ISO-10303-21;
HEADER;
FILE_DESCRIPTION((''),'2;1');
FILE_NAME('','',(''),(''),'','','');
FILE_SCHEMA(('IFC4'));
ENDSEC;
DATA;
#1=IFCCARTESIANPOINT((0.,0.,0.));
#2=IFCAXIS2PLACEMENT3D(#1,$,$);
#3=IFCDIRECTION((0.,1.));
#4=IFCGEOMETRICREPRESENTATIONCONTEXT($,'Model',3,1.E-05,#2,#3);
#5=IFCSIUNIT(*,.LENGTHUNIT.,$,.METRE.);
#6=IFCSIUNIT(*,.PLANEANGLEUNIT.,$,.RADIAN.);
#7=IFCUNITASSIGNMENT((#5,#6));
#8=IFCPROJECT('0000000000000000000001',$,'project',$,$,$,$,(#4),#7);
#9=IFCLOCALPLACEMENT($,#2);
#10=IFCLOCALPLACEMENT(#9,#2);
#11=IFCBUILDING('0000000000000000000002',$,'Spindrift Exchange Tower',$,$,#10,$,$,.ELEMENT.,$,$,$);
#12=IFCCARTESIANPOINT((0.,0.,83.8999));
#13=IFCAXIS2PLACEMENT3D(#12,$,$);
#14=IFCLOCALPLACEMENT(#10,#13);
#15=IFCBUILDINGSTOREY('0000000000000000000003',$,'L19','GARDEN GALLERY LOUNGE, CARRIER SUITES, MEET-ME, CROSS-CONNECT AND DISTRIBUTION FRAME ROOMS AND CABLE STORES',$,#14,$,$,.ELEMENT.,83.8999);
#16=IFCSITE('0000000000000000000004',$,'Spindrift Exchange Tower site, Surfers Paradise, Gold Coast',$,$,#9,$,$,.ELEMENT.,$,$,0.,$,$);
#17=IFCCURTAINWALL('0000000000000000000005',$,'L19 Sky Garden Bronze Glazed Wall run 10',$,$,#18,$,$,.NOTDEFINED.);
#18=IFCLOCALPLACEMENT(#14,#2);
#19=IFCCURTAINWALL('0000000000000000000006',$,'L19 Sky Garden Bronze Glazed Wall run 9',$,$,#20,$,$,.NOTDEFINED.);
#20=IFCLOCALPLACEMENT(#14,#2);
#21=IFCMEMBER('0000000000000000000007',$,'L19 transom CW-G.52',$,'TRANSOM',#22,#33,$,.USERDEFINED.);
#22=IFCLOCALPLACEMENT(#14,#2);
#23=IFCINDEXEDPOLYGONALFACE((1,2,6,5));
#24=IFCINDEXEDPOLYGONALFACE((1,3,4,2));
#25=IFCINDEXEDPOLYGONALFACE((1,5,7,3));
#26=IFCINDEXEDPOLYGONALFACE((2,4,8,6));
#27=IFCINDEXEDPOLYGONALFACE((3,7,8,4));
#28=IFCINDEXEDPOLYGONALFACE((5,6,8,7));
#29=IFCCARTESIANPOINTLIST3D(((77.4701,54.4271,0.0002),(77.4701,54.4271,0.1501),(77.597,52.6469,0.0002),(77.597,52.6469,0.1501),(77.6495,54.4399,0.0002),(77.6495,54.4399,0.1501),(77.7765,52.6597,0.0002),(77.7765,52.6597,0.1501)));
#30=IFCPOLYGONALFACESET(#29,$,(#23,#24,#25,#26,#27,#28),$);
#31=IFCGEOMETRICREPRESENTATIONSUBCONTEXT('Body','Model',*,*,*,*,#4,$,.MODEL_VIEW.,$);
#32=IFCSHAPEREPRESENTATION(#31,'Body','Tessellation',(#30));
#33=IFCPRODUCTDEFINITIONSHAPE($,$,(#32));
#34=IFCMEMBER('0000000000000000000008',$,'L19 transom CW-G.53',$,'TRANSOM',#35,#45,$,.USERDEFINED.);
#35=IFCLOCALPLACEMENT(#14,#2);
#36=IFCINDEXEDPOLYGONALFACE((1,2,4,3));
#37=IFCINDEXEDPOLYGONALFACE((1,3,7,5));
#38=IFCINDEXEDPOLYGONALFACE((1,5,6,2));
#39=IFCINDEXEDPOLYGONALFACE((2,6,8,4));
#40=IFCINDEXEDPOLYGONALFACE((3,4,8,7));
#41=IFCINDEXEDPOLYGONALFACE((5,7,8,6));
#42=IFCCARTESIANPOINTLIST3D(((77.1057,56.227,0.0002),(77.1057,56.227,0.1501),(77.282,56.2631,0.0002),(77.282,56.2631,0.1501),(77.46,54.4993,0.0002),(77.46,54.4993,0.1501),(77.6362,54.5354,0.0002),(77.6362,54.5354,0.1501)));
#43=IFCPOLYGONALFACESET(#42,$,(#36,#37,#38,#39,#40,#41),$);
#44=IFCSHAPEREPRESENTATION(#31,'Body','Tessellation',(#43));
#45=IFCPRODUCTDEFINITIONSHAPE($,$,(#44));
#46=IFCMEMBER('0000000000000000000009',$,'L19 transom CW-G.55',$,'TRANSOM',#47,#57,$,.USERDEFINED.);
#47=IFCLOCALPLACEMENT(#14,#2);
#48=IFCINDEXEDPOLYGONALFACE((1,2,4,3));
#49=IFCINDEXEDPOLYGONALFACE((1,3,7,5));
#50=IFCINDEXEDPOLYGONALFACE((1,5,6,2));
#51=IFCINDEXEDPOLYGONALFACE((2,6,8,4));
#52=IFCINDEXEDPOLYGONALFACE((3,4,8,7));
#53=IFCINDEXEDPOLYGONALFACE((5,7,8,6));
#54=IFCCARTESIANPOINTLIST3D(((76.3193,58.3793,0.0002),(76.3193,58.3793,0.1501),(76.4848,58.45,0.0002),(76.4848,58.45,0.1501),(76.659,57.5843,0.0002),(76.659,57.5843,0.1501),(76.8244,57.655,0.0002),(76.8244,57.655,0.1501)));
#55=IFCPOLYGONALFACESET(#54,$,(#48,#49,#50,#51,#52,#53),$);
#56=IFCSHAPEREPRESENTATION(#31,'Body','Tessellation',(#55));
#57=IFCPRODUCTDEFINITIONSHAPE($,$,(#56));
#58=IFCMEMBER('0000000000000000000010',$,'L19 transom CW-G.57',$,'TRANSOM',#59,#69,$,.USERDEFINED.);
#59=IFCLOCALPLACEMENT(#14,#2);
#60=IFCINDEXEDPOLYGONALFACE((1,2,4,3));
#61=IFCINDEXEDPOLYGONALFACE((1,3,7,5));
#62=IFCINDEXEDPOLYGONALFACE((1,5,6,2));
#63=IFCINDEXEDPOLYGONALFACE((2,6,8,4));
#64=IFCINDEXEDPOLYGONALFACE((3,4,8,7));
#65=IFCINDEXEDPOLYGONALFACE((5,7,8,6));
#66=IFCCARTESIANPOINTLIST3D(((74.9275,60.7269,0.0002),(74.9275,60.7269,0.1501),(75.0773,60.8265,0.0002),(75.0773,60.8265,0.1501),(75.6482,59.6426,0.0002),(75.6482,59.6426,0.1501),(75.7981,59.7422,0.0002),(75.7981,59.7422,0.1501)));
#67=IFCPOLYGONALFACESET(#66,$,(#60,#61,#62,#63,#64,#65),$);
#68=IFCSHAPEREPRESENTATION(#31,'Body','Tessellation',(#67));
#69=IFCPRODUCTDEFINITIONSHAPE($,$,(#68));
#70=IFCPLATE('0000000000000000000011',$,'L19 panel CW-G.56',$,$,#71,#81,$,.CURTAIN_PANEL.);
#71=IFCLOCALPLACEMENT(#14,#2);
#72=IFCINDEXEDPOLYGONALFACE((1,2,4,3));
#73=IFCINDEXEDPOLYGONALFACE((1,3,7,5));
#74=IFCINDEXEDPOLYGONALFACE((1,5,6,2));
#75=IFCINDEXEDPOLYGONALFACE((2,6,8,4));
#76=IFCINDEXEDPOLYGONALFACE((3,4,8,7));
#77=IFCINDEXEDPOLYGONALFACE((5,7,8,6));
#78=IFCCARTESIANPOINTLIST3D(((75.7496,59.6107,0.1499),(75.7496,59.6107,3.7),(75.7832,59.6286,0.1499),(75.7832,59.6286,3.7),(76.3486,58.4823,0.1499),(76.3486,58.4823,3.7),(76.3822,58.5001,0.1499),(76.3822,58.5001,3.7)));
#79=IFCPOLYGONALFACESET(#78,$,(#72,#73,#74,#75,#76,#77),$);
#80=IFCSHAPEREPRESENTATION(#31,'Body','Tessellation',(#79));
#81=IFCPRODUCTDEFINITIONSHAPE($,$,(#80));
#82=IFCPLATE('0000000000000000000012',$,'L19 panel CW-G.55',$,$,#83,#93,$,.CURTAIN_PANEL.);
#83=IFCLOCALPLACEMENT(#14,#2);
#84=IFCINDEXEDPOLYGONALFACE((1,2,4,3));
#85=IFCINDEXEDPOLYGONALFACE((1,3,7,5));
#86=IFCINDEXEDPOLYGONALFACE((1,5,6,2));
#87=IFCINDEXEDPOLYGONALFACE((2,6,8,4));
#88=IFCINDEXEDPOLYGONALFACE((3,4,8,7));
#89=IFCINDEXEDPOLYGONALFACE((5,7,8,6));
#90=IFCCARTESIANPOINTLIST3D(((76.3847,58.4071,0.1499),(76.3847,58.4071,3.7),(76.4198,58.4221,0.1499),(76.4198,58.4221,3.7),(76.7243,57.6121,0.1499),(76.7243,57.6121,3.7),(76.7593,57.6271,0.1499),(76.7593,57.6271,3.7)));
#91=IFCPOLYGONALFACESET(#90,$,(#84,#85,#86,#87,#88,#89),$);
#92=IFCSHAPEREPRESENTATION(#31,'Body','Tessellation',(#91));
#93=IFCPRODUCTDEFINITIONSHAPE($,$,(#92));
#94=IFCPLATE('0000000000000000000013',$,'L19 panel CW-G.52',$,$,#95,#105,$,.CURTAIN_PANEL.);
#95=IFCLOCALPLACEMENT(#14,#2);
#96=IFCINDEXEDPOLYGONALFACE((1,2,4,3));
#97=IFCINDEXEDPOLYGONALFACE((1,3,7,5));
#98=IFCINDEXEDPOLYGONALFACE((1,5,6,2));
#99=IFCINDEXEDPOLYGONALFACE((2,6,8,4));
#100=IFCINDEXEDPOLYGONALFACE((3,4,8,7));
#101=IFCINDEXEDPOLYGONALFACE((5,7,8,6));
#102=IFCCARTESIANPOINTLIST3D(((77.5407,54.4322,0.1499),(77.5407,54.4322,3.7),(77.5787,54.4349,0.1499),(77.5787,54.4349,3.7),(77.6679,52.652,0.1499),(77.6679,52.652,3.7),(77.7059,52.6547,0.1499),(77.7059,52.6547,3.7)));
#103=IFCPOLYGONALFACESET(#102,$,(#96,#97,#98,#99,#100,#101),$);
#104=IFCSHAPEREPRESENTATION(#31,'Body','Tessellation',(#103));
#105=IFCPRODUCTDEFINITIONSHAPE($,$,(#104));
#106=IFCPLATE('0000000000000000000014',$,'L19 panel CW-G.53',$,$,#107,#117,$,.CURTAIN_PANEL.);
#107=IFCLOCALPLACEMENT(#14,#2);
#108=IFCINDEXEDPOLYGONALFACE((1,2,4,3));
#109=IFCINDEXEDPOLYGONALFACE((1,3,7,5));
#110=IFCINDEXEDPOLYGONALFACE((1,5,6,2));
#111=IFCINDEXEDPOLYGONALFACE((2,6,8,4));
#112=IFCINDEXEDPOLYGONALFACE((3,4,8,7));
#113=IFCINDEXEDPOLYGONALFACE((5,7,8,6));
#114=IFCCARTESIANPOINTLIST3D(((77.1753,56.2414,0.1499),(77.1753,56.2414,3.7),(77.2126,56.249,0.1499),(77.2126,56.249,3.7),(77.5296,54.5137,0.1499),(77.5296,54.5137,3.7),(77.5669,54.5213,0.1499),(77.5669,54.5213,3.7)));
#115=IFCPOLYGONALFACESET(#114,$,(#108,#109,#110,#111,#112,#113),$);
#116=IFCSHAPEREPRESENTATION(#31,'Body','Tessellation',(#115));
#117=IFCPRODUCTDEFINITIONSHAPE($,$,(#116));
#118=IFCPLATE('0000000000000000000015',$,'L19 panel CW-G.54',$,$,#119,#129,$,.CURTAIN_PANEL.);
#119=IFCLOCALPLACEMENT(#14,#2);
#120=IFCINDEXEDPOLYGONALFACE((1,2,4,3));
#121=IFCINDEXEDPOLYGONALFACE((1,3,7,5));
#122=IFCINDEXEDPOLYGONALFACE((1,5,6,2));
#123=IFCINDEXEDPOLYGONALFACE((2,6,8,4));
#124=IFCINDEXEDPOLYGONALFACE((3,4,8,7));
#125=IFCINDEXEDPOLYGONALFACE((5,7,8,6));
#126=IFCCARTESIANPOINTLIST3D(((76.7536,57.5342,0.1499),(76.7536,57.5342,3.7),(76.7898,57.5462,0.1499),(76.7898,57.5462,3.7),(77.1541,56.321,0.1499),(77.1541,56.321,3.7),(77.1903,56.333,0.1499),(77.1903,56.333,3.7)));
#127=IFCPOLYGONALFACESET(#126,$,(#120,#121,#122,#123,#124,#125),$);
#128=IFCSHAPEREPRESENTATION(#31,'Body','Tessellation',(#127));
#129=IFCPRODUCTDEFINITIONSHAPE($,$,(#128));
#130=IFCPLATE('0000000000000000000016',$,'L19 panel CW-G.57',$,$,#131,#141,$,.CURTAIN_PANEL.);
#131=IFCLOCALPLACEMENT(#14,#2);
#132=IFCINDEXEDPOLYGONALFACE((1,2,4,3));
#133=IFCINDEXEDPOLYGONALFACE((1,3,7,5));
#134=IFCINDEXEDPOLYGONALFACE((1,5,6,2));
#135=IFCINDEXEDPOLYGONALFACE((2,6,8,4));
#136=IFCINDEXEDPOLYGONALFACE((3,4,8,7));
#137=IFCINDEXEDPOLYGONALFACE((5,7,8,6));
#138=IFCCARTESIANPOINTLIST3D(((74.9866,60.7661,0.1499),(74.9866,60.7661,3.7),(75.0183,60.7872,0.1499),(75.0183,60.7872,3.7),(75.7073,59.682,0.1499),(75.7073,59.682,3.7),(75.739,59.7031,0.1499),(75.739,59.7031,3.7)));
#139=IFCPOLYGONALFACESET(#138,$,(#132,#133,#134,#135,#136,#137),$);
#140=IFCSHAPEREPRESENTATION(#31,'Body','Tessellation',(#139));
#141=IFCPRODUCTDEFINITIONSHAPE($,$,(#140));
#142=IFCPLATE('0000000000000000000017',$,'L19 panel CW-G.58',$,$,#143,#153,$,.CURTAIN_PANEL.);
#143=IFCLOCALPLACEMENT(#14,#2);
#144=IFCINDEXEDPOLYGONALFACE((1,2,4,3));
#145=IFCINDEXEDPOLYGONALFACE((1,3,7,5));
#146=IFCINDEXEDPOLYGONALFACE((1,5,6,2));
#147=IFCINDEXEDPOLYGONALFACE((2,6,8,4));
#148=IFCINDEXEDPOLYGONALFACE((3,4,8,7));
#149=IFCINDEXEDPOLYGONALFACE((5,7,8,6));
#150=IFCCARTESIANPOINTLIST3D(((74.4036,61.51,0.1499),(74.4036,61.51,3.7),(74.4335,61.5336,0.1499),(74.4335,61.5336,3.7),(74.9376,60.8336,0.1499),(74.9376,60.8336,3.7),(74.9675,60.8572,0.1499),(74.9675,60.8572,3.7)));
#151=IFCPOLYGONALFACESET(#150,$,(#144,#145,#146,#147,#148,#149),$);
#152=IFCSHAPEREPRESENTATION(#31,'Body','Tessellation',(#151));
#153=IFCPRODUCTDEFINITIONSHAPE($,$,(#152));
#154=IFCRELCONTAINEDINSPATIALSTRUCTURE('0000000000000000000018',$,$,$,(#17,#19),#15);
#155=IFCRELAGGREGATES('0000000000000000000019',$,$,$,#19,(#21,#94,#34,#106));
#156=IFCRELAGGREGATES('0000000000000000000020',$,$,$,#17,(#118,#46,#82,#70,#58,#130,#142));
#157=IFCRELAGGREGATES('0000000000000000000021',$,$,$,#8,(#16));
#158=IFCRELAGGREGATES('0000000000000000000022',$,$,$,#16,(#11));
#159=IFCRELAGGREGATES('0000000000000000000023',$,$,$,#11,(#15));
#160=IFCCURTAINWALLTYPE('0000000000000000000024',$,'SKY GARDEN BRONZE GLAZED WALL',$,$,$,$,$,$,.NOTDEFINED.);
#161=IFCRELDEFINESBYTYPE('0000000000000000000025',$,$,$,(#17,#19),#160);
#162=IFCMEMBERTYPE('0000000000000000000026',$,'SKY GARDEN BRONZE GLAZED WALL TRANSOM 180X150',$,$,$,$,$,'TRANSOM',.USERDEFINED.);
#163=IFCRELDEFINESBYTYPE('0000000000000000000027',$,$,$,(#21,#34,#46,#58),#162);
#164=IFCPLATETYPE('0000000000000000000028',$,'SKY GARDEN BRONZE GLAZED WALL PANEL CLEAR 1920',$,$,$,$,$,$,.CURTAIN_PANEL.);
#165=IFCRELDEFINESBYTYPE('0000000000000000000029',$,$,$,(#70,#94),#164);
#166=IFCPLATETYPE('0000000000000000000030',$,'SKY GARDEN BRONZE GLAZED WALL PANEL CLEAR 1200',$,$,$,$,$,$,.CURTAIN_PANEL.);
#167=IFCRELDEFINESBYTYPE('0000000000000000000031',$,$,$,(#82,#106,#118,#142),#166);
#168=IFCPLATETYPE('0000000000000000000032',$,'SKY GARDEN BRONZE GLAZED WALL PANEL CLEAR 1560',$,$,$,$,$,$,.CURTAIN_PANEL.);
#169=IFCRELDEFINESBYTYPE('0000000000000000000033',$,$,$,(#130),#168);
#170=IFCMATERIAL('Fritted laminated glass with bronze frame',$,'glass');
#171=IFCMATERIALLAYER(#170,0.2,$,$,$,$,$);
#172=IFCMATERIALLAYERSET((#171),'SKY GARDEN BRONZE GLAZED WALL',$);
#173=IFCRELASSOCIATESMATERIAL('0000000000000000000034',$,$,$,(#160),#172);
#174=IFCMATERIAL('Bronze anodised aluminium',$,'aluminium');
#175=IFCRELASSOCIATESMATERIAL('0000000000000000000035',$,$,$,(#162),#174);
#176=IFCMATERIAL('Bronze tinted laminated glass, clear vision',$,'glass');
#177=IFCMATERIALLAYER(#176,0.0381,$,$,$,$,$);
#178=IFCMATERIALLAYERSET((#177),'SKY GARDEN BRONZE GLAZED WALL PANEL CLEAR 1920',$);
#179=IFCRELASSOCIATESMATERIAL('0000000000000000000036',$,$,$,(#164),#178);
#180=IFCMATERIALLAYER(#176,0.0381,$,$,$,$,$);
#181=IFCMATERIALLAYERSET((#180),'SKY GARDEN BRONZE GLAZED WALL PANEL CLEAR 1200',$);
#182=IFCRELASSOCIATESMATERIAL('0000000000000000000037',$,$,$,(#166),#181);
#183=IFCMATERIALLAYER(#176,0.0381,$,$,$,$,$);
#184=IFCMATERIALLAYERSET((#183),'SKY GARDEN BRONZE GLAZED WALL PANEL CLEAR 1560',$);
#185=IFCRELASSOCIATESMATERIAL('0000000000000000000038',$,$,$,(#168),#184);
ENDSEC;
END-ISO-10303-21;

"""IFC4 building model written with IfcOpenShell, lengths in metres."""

from ifc_helpers import new_model, si_unit, direction, frame, origin, origin_2d, place, context, subcontext, project, spatial, rectangle, extrude, source, transform, mapped, material, layer, layer_set, material_profile, profile_set, type_object, element, aggregate, save


model = new_model("IFC4")

# Units and contexts
model_context = context("Model", 3, precision=1e-05, world=origin(), true_north=direction((0.0, 1.0)))
body_context = subcontext(model_context, "Body", "Model", "MODEL_VIEW")
ifc_project = project(units=[si_unit("LENGTHUNIT", "METRE"), si_unit("PLANEANGLEUNIT", "RADIAN")], contexts=[model_context])

# Site, building, storey
site_placement = place(None, origin())
site = spatial("IfcSite", under=ifc_project, at=site_placement, Name="Spindrift Exchange Tower site, Surfers Paradise, Gold Coast", CompositionType="ELEMENT", RefElevation=0.0)
building_placement = place(site_placement, origin())
building = spatial("IfcBuilding", under=site, at=building_placement, Name="Spindrift Exchange Tower", CompositionType="ELEMENT")
storey_placement = place(building_placement, frame((0.0, 0.0, 83.8999)))
storey = spatial("IfcBuildingStorey", under=building, at=storey_placement, Name="L19", Description="GARDEN GALLERY LOUNGE, CARRIER SUITES, MEET-ME, CROSS-CONNECT AND DISTRIBUTION FRAME ROOMS AND CABLE STORES", CompositionType="ELEMENT", Elevation=83.8999)

# Curtain walls
ifc_material_1 = material(Name="Fritted laminated glass with bronze frame", Category="glass")
ifc_layer_1 = layer(ifc_material_1, 0.2)
ifc_layer_set_1 = layer_set([ifc_layer_1], Name="SKY GARDEN BRONZE GLAZED WALL")
curtain_wall_type = type_object("IfcCurtainWallType", Name="SKY GARDEN BRONZE GLAZED WALL", PredefinedType="NOTDEFINED", material=ifc_layer_set_1)
curtain_wall_1_placement = place(storey_placement, origin())
curtain_wall_1 = element("IfcCurtainWall", 1, at=curtain_wall_1_placement, inside=storey, type_object=curtain_wall_type, Name="L19 Sky Garden Bronze Glazed Wall run 10", PredefinedType="NOTDEFINED")
ifc_material_2 = material(Name="Bronze anodised aluminium", Category="aluminium")
ifc_material_profile_1 = material_profile(ifc_material_2, rectangle(XDim=0.1799, YDim=0.1499, at=origin_2d()), Name="SKY GARDEN BRONZE GLAZED WALL TRANSOM 180X150")
ifc_profile_set_1 = profile_set([ifc_material_profile_1], Name="Bronze anodised aluminium")
member_type_1 = type_object("IfcMemberType", Name="SKY GARDEN BRONZE GLAZED WALL TRANSOM 180X150", ElementType="TRANSOM", PredefinedType="USERDEFINED", material=ifc_profile_set_1)
curtain_wall_2_placement = place(storey_placement, origin())
curtain_wall_2 = element("IfcCurtainWall", 2, at=curtain_wall_2_placement, inside=storey, type_object=curtain_wall_type, Name="L19 Sky Garden Bronze Glazed Wall run 9", PredefinedType="NOTDEFINED")

# Members
shared_shape_1 = source(origin(), body_context, "Body", "SweptSolid", [
    extrude(rectangle(XDim=0.1799, YDim=0.1499, at=origin_2d()), origin(), (0.0, 0.0, 1.0), 1.7847),
])
member_1_placement = place(storey_placement, frame((77.6868, 52.6533, 0.0752), z_axis=(-0.07114, 0.997466, 0.0), x_axis=(-0.997466, -0.07114, 0.0)))
member_1 = element("IfcMember", 3, at=member_1_placement, type_object=member_type_1, Name="L19 transom CW-G.52", ObjectType="TRANSOM", PredefinedType="USERDEFINED", context=body_context, shape_type="MappedRepresentation", body=[
    mapped(shared_shape_1, transform((0.0, 0.0, 0.0), scale=1.0)),
])
shared_shape_2 = source(origin(), body_context, "Body", "SweptSolid", [
    extrude(rectangle(XDim=0.1799, YDim=0.1499, at=origin_2d()), origin(), (0.0, 0.0, 1.0), 1.7637),
])
member_2_placement = place(storey_placement, frame((77.5481, 54.5173, 0.0752), z_axis=(-0.200852, 0.979622, 0.0), x_axis=(-0.979622, -0.200852, 0.0)))
member_2 = element("IfcMember", 4, at=member_2_placement, type_object=member_type_1, Name="L19 transom CW-G.53", ObjectType="TRANSOM", PredefinedType="USERDEFINED", context=body_context, shape_type="MappedRepresentation", body=[
    mapped(shared_shape_2, transform((0.0, 0.0, 0.0), scale=1.0)),
])
shared_shape_3 = source(origin(), body_context, "Body", "SweptSolid", [
    extrude(rectangle(XDim=0.1799, YDim=0.1499, at=origin_2d()), origin(), (0.0, 0.0, 1.0), 0.8645),
])
member_3_placement = place(storey_placement, frame((76.7417, 57.6196, 0.0752), z_axis=(-0.392862, 0.919597, 0.0), x_axis=(-0.919597, -0.392862, 0.0)))
member_3 = element("IfcMember", 5, at=member_3_placement, type_object=member_type_1, Name="L19 transom CW-G.55", ObjectType="TRANSOM", PredefinedType="USERDEFINED", context=body_context, shape_type="MappedRepresentation", body=[
    mapped(shared_shape_3, transform((0.0, 0.0, 0.0), scale=1.0)),
])
shared_shape_4 = source(origin(), body_context, "Body", "SweptSolid", [
    extrude(rectangle(XDim=0.1799, YDim=0.1499, at=origin_2d()), origin(), (0.0, 0.0, 1.0), 1.302),
])
member_4_placement = place(storey_placement, frame((75.7231, 59.6924, 0.0752), z_axis=(-0.553575, 0.8328, 0.0), x_axis=(-0.8328, -0.553575, 0.0)))
member_4 = element("IfcMember", 6, at=member_4_placement, type_object=member_type_1, Name="L19 transom CW-G.57", ObjectType="TRANSOM", PredefinedType="USERDEFINED", context=body_context, shape_type="MappedRepresentation", body=[
    mapped(shared_shape_4, transform((0.0, 0.0, 0.0), scale=1.0)),
])

# Plates
ifc_material_3 = material(Name="Bronze tinted laminated glass, clear vision", Category="glass")
ifc_layer_2 = layer(ifc_material_3, 0.0381)
ifc_layer_set_2 = layer_set([ifc_layer_2], Name="SKY GARDEN BRONZE GLAZED WALL PANEL CLEAR 1920")
plate_type_1 = type_object("IfcPlateType", Name="SKY GARDEN BRONZE GLAZED WALL PANEL CLEAR 1920", PredefinedType="CURTAIN_PANEL", material=ifc_layer_set_2)
shared_shape_5 = source(origin(), body_context, "Body", "SweptSolid", [
    extrude(rectangle(XDim=1.2776, YDim=0.0381, at=origin_2d()), origin(), (0.0, 0.0, 1.0), 3.55),
])
plate_1_placement = place(storey_placement, frame((76.0659, 59.0554, 0.1499), z_axis=(0.0, 0.0, 1.0), x_axis=(-0.468835, 0.883286, 0.0)))
plate_1 = element("IfcPlate", 7, at=plate_1_placement, type_object=plate_type_1, Name="L19 panel CW-G.56", PredefinedType="CURTAIN_PANEL", context=body_context, shape_type="MappedRepresentation", body=[
    mapped(shared_shape_5, transform((0.0, 0.0, 0.0), scale=1.0)),
])
ifc_layer_3 = layer(ifc_material_3, 0.0381)
ifc_layer_set_3 = layer_set([ifc_layer_3], Name="SKY GARDEN BRONZE GLAZED WALL PANEL CLEAR 1200")
plate_type_2 = type_object("IfcPlateType", Name="SKY GARDEN BRONZE GLAZED WALL PANEL CLEAR 1200", PredefinedType="CURTAIN_PANEL", material=ifc_layer_set_3)
shared_shape_6 = source(origin(), body_context, "Body", "SweptSolid", [
    extrude(rectangle(XDim=0.8645, YDim=0.0381, at=origin_2d()), origin(), (0.0, 0.0, 1.0), 3.55),
])
plate_2_placement = place(storey_placement, frame((76.572, 58.0171, 0.1499), z_axis=(0.0, 0.0, 1.0), x_axis=(-0.392775, 0.919634, 0.0)))
plate_2 = element("IfcPlate", 8, at=plate_2_placement, type_object=plate_type_2, Name="L19 panel CW-G.55", PredefinedType="CURTAIN_PANEL", context=body_context, shape_type="MappedRepresentation", body=[
    mapped(shared_shape_6, transform((0.0, 0.0, 0.0), scale=1.0)),
])
shared_shape_7 = source(origin(), body_context, "Body", "SweptSolid", [
    extrude(rectangle(XDim=1.7847, YDim=0.0381, at=origin_2d()), origin(), (0.0, 0.0, 1.0), 3.55),
])
plate_3_placement = place(storey_placement, frame((77.6233, 53.5435, 0.1499), z_axis=(0.0, 0.0, 1.0), x_axis=(-0.071247, 0.997459, 0.0)))
plate_3 = element("IfcPlate", 9, at=plate_3_placement, type_object=plate_type_1, Name="L19 panel CW-G.52", PredefinedType="CURTAIN_PANEL", context=body_context, shape_type="MappedRepresentation", body=[
    mapped(shared_shape_7, transform((0.0, 0.0, 0.0), scale=1.0)),
])
shared_shape_8 = source(origin(), body_context, "Body", "SweptSolid", [
    extrude(rectangle(XDim=1.7637, YDim=0.0381, at=origin_2d()), origin(), (0.0, 0.0, 1.0), 3.55),
])
plate_4_placement = place(storey_placement, frame((77.3711, 55.3813, 0.1499), z_axis=(0.0, 0.0, 1.0), x_axis=(-0.200857, 0.97962, 0.0)))
plate_4 = element("IfcPlate", 10, at=plate_4_placement, type_object=plate_type_2, Name="L19 panel CW-G.53", PredefinedType="CURTAIN_PANEL", context=body_context, shape_type="MappedRepresentation", body=[
    mapped(shared_shape_8, transform((0.0, 0.0, 0.0), scale=1.0)),
])
aggregate(curtain_wall_2, [member_1, plate_3, member_2, plate_4])
shared_shape_9 = source(origin(), body_context, "Body", "SweptSolid", [
    extrude(rectangle(XDim=1.2776, YDim=0.0381, at=origin_2d()), origin(), (0.0, 0.0, 1.0), 3.55),
])
plate_5_placement = place(storey_placement, frame((76.9719, 56.9336, 0.1499), z_axis=(0.0, 0.0, 1.0), x_axis=(-0.313474, 0.949597, 0.0)))
plate_5 = element("IfcPlate", 11, at=plate_5_placement, type_object=plate_type_2, Name="L19 panel CW-G.54", PredefinedType="CURTAIN_PANEL", context=body_context, shape_type="MappedRepresentation", body=[
    mapped(shared_shape_9, transform((0.0, 0.0, 0.0), scale=1.0)),
])
ifc_layer_4 = layer(ifc_material_3, 0.0381)
ifc_layer_set_4 = layer_set([ifc_layer_4], Name="SKY GARDEN BRONZE GLAZED WALL PANEL CLEAR 1560")
plate_type_3 = type_object("IfcPlateType", Name="SKY GARDEN BRONZE GLAZED WALL PANEL CLEAR 1560", PredefinedType="CURTAIN_PANEL", material=ifc_layer_set_4)
shared_shape_10 = source(origin(), body_context, "Body", "SweptSolid", [
    extrude(rectangle(XDim=1.3018, YDim=0.0381, at=origin_2d()), origin(), (0.0, 0.0, 1.0), 3.55),
])
plate_6_placement = place(storey_placement, frame((75.3628, 60.2346, 0.1499), z_axis=(0.0, 0.0, 1.0), x_axis=(-0.553585, 0.832793, 0.0)))
plate_6 = element("IfcPlate", 12, at=plate_6_placement, type_object=plate_type_3, Name="L19 panel CW-G.57", PredefinedType="CURTAIN_PANEL", context=body_context, shape_type="MappedRepresentation", body=[
    mapped(shared_shape_10, transform((0.0, 0.0, 0.0), scale=1.0)),
])
shared_shape_11 = source(origin(), body_context, "Body", "SweptSolid", [
    extrude(rectangle(XDim=0.8618, YDim=0.0381, at=origin_2d()), origin(), (0.0, 0.0, 1.0), 3.55),
])
plate_7_placement = place(storey_placement, frame((74.6855, 61.1836, 0.1499), z_axis=(0.0, 0.0, 1.0), x_axis=(-0.619672, 0.784861, 0.0)))
plate_7 = element("IfcPlate", 13, at=plate_7_placement, type_object=plate_type_2, Name="L19 panel CW-G.58", PredefinedType="CURTAIN_PANEL", context=body_context, shape_type="MappedRepresentation", body=[
    mapped(shared_shape_11, transform((0.0, 0.0, 0.0), scale=1.0)),
])
aggregate(curtain_wall_1, [plate_5, member_3, plate_2, plate_1, member_4, plate_6, plate_7])

save(model, "model.ifc")
